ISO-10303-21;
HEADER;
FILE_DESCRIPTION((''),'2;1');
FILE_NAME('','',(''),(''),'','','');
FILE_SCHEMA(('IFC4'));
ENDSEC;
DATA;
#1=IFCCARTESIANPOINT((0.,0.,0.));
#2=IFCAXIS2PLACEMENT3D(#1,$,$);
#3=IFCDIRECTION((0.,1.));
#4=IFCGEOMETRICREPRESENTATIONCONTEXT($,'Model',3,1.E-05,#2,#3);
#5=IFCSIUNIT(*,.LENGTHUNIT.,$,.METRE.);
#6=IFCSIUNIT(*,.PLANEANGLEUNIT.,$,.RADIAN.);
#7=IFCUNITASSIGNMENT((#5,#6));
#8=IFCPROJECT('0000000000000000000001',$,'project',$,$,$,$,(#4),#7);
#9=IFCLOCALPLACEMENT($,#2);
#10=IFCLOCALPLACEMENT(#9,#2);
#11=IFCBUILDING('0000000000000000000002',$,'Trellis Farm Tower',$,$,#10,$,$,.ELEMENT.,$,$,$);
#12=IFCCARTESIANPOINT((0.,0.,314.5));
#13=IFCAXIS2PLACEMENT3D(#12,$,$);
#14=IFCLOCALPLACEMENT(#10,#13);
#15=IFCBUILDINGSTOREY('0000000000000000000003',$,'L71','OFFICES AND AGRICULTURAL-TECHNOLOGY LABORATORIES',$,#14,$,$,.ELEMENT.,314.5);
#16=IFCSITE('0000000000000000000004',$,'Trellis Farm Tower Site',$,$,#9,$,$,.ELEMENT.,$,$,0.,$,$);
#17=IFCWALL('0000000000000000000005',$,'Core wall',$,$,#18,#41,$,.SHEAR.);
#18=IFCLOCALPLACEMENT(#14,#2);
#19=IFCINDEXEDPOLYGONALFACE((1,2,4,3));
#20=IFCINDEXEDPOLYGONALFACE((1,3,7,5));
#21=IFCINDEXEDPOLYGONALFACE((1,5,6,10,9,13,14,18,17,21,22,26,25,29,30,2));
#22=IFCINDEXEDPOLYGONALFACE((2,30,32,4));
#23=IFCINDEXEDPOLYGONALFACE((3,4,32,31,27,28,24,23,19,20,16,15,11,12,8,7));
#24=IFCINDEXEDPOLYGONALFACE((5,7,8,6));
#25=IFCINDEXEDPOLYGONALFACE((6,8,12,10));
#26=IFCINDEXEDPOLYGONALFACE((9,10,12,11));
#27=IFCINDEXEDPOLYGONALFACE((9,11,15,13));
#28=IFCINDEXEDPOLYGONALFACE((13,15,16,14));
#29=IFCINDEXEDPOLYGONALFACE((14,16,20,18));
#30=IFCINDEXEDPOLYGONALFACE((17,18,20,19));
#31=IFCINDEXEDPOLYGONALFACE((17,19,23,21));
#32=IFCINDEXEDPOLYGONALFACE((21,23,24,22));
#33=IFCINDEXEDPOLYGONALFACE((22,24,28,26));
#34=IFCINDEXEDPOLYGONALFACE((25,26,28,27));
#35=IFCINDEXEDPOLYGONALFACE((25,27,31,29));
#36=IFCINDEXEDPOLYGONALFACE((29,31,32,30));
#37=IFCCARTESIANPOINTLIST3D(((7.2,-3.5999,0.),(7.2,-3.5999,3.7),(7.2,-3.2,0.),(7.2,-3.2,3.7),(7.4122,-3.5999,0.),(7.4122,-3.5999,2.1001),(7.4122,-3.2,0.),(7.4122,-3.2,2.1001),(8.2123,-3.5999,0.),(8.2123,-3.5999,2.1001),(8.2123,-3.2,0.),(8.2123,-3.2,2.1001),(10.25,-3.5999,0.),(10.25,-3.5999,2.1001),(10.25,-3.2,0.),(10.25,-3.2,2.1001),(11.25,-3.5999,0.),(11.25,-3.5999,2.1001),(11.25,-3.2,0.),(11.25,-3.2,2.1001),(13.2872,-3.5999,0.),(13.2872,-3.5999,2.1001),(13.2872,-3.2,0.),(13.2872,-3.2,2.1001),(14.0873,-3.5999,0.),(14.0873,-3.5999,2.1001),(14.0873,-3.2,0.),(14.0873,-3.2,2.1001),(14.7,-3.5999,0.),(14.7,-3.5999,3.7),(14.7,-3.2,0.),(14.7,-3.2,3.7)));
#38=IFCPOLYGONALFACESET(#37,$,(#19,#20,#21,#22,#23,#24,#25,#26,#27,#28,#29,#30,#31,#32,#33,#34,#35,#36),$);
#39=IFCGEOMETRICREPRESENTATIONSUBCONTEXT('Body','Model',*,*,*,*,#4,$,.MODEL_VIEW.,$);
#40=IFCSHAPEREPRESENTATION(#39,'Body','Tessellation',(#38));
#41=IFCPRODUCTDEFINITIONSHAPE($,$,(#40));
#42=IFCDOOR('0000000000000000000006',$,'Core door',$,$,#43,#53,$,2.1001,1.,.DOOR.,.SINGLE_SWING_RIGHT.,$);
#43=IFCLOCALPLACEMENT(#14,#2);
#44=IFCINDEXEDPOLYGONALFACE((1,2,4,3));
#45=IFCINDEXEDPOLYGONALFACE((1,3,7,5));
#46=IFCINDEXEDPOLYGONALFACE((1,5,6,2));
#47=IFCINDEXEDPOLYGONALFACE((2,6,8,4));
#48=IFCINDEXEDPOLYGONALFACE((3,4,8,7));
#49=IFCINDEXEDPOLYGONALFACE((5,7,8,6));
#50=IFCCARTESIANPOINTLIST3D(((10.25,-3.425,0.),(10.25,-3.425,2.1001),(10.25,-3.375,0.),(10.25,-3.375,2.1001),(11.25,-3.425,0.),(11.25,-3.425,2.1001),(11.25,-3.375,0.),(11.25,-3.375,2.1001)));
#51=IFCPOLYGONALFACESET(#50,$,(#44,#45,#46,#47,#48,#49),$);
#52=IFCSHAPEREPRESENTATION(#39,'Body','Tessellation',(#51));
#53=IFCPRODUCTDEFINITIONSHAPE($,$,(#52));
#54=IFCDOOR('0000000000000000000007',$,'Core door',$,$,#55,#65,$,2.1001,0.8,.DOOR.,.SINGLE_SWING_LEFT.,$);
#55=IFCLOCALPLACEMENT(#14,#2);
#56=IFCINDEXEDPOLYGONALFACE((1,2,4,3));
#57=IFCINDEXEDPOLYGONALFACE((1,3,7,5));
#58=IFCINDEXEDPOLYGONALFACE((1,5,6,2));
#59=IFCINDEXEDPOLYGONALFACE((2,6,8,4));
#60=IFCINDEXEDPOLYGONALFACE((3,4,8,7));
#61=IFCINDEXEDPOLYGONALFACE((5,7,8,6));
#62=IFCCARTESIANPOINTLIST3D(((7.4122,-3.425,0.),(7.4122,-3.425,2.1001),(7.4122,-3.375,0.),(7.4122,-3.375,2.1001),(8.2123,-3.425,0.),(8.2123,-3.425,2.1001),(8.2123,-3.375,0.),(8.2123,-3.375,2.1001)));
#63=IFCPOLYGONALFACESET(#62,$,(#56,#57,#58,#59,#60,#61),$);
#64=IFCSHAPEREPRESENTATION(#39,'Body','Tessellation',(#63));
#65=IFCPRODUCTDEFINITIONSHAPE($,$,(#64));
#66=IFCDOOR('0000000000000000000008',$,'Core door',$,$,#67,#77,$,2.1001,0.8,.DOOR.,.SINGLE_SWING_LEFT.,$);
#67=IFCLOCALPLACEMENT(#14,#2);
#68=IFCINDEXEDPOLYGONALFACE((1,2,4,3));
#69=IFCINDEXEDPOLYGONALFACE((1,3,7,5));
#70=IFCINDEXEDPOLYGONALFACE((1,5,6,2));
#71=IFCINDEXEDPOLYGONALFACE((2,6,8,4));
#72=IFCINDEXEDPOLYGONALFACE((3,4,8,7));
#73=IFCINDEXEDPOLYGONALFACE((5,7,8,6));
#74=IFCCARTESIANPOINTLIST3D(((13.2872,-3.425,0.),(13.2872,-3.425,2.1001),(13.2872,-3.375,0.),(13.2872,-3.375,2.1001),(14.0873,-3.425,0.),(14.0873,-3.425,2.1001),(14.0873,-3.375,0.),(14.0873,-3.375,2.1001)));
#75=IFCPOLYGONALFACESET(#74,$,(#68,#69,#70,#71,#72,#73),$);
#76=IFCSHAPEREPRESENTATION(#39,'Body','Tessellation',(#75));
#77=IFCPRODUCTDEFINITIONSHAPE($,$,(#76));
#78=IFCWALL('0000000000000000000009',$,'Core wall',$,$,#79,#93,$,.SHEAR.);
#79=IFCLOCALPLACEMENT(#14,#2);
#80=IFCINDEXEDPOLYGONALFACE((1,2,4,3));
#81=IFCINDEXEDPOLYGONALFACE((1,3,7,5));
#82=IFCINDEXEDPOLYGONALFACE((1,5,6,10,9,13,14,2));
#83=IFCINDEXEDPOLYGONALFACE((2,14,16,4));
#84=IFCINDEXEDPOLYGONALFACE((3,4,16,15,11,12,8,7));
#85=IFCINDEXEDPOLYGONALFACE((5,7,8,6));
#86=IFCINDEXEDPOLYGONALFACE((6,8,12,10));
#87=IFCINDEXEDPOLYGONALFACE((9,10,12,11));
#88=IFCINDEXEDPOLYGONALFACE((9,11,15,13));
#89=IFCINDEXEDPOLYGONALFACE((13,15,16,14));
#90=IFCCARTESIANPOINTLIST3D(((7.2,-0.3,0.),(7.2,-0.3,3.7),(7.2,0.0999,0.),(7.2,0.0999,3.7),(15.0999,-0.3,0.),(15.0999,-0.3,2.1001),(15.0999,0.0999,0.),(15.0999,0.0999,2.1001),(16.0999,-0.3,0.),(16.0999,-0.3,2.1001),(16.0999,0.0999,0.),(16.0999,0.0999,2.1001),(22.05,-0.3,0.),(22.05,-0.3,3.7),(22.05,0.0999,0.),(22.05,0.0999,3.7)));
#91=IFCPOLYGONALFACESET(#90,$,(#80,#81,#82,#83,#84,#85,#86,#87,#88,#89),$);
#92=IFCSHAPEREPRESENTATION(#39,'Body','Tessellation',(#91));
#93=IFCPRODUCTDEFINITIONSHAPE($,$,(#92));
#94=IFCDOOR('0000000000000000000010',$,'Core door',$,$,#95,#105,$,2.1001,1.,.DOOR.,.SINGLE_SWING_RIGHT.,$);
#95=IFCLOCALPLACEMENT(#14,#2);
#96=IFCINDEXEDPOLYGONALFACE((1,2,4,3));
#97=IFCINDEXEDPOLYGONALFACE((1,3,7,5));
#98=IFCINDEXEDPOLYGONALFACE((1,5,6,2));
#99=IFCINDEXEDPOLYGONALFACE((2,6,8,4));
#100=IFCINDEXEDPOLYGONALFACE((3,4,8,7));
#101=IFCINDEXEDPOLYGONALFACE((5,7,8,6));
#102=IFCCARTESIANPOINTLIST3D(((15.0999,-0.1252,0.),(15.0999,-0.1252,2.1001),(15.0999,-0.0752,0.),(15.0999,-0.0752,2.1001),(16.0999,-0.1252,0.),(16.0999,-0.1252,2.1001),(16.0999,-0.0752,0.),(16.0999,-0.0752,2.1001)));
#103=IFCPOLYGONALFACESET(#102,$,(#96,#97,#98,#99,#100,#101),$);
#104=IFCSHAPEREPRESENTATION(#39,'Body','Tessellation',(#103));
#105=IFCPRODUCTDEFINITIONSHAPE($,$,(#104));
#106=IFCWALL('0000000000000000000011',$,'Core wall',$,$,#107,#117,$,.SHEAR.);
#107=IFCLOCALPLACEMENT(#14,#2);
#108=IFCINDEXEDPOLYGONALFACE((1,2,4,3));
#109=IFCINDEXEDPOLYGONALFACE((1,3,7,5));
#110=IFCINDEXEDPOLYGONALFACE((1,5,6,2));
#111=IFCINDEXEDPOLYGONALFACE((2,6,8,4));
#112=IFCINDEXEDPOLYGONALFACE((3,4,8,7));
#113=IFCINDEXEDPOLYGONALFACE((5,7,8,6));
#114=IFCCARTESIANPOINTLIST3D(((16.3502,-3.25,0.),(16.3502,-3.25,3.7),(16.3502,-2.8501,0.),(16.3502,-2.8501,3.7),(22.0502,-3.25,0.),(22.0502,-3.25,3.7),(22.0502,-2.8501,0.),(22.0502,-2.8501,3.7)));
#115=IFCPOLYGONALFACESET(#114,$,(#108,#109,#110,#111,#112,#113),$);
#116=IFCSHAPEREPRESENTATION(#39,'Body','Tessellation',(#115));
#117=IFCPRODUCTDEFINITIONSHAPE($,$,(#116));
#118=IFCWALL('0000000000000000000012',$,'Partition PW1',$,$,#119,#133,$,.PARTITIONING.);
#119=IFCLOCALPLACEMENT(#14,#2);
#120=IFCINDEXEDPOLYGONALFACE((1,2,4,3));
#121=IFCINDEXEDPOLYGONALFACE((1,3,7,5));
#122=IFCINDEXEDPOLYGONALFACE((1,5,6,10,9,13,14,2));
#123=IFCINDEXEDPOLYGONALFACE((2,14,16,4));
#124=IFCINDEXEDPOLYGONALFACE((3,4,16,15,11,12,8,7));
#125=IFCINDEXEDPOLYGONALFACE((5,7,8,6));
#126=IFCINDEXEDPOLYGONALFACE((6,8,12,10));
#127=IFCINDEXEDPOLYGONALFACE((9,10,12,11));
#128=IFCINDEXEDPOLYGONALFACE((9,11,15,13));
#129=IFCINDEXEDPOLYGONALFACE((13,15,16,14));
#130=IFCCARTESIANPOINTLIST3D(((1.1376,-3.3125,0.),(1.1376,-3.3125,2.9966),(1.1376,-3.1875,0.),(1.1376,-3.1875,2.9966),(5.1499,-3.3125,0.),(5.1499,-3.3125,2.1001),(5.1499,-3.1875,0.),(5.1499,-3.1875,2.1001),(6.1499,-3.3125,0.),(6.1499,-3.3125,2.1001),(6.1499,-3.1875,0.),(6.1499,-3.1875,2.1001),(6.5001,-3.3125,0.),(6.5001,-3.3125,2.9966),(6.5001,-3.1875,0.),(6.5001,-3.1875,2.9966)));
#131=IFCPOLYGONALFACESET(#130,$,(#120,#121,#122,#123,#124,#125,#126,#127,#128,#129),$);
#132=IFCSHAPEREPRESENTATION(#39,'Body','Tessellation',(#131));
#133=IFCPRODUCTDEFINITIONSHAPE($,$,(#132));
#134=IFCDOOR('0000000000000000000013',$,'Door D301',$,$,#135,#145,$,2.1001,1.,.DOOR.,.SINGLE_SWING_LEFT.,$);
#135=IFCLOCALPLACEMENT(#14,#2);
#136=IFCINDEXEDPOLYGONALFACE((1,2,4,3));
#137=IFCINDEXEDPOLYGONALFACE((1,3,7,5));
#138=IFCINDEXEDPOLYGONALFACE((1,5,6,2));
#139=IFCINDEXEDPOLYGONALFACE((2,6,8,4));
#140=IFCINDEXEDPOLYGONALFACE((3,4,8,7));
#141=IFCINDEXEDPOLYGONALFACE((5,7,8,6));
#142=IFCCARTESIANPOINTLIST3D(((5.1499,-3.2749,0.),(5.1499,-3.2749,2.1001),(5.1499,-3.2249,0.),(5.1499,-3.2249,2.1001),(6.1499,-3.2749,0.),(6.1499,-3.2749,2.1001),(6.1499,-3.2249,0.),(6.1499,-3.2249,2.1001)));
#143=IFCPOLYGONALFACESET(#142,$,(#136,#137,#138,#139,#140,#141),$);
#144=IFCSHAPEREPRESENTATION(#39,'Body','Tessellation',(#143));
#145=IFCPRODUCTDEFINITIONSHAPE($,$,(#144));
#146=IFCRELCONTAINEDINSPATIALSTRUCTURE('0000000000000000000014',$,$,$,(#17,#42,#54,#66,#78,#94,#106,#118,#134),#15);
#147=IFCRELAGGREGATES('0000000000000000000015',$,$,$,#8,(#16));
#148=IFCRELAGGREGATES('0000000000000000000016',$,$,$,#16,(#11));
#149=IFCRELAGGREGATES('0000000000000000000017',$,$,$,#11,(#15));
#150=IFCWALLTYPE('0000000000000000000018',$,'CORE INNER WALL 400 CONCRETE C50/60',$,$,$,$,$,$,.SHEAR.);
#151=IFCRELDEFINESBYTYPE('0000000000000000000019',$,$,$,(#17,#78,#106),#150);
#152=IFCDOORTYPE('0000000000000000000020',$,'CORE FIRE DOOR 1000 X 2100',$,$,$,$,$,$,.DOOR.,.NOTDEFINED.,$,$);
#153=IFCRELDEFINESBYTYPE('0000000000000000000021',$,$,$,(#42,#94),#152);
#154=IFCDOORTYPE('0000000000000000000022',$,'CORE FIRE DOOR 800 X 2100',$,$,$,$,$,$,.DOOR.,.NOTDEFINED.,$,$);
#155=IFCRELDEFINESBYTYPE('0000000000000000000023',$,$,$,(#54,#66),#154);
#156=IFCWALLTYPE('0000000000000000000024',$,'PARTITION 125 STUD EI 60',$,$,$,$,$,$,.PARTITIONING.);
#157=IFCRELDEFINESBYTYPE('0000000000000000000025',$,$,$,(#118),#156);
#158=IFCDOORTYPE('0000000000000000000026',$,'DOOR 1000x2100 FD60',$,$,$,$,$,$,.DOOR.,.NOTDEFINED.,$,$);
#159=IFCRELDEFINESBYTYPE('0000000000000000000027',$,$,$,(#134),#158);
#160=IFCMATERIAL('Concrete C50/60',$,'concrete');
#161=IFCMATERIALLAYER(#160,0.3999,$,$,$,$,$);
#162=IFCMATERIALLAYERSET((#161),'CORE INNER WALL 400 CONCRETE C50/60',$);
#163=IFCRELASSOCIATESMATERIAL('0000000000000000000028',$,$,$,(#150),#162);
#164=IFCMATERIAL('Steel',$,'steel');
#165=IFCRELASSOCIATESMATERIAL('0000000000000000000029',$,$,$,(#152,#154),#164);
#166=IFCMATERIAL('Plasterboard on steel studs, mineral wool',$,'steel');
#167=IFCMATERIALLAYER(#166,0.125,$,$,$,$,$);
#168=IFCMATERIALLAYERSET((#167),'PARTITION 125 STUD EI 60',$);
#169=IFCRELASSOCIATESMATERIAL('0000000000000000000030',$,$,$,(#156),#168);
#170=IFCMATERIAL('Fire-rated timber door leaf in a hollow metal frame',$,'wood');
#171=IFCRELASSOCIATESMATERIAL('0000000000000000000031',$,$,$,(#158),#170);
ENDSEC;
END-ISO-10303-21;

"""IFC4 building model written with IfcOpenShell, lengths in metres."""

from ifc_helpers import new_model, si_unit, direction, frame, frame_2d, origin, place, context, subcontext, project, spatial, rectangle, extrude, source, transform, mapped, material, layer, layer_set, type_object, element, fill, save


model = new_model("IFC4")

# Units and contexts
model_context = context("Model", 3, precision=1e-05, world=origin(), true_north=direction((0.0, 1.0)))
body_context = subcontext(model_context, "Body", "Model", "MODEL_VIEW")
ifc_project = project(units=[si_unit("LENGTHUNIT", "METRE"), si_unit("PLANEANGLEUNIT", "RADIAN")], contexts=[model_context])

# Site, building, storey
site_placement = place(None, origin())
site = spatial("IfcSite", under=ifc_project, at=site_placement, Name="Trellis Farm Tower Site", CompositionType="ELEMENT", RefElevation=0.0)
building_placement = place(site_placement, origin())
building = spatial("IfcBuilding", under=site, at=building_placement, Name="Trellis Farm Tower", CompositionType="ELEMENT")
storey_placement = place(building_placement, frame((0.0, 0.0, 314.5)))
storey = spatial("IfcBuildingStorey", under=building, at=storey_placement, Name="L71", Description="OFFICES AND AGRICULTURAL-TECHNOLOGY LABORATORIES", CompositionType="ELEMENT", Elevation=314.5)

# Wall, openings, doors
ifc_material_1 = material(Name="Concrete C50/60", Category="concrete")
ifc_layer_1 = layer(ifc_material_1, 0.3999)
ifc_layer_set_1 = layer_set([ifc_layer_1], Name="CORE INNER WALL 400 CONCRETE C50/60")
wall_type_1 = type_object("IfcWallType", Name="CORE INNER WALL 400 CONCRETE C50/60", PredefinedType="SHEAR", material=ifc_layer_set_1)
shared_shape_1 = source(origin(), body_context, "Body", "SweptSolid", [
    extrude(rectangle(XDim=7.5, YDim=0.3999, at=frame_2d((3.75, 0.0))), origin(), (0.0, 0.0, 1.0), 3.7),
])
wall_1_placement = place(storey_placement, frame((7.2, -3.3999, 0.0), z_axis=(0.0, 0.0, 1.0), x_axis=(1.0, 0.0, 0.0)))
wall_1 = element("IfcWall", 1, at=wall_1_placement, inside=storey, type_object=wall_type_1, Name="Core wall", PredefinedType="SHEAR", context=body_context, shape_type="MappedRepresentation", body=[
    mapped(shared_shape_1, transform((0.0, 0.0, 0.0))),
])
shared_shape_2 = source(origin(), body_context, "Body", "SweptSolid", [
    extrude(rectangle(XDim=0.8, YDim=2.1001, at=frame_2d((0.3999, 1.05))), frame((0.0, 0.21, 0.0), z_axis=(0.0, -1.0, 0.0), x_axis=(1.0, 0.0, 0.0)), (0.0, 0.0, 1.0), 0.4199),
])
opening_1_placement = place(wall_1_placement, frame((0.2124, 0.0, 0.0)))
opening_1 = element("IfcOpeningElement", 2, at=opening_1_placement, cuts=wall_1, PredefinedType="OPENING", context=body_context, shape_type="MappedRepresentation", body=[
    mapped(shared_shape_2, transform((0.0, 0.0, 0.0))),
])
shared_shape_3 = source(origin(), body_context, "Body", "SweptSolid", [
    extrude(rectangle(XDim=1.0, YDim=2.1001, at=frame_2d((0.5, 1.05))), frame((0.0, 0.21, 0.0), z_axis=(0.0, -1.0, 0.0), x_axis=(1.0, 0.0, 0.0)), (0.0, 0.0, 1.0), 0.4199),
])
opening_2_placement = place(wall_1_placement, frame((3.05, 0.0, 0.0)))
opening_2 = element("IfcOpeningElement", 3, at=opening_2_placement, cuts=wall_1, PredefinedType="OPENING", context=body_context, shape_type="MappedRepresentation", body=[
    mapped(shared_shape_3, transform((0.0, 0.0, 0.0))),
])
opening_3_placement = place(wall_1_placement, frame((6.0874, 0.0, 0.0)))
opening_3 = element("IfcOpeningElement", 4, at=opening_3_placement, cuts=wall_1, PredefinedType="OPENING", context=body_context, shape_type="MappedRepresentation", body=[
    mapped(shared_shape_2, transform((0.0, 0.0, 0.0))),
])
ifc_material_2 = material(Name="Steel", Category="steel")
door_type_1 = type_object("IfcDoorType", Name="CORE FIRE DOOR 1000 X 2100", OperationType="NOTDEFINED", PredefinedType="DOOR", material=ifc_material_2)
shared_shape_4 = source(origin(), body_context, "Body", "SweptSolid", [
    extrude(rectangle(XDim=1.0, YDim=2.1001, at=frame_2d((0.5, 1.05))), frame((0.0, 0.0249, 0.0), z_axis=(0.0, -1.0, 0.0), x_axis=(1.0, 0.0, 0.0)), (0.0, 0.0, 1.0), 0.05),
])
door_1_placement = place(opening_2_placement, origin())
door_1 = element("IfcDoor", 5, at=door_1_placement, inside=storey, type_object=door_type_1, Name="Core door", OperationType="SINGLE_SWING_RIGHT", OverallHeight=2.1001, OverallWidth=1.0, PredefinedType="DOOR", context=body_context, shape_type="MappedRepresentation", body=[
    mapped(shared_shape_4, transform((0.0, 0.0, 0.0))),
])
fill(opening_2, door_1)
door_type_2 = type_object("IfcDoorType", Name="CORE FIRE DOOR 800 X 2100", OperationType="NOTDEFINED", PredefinedType="DOOR", material=ifc_material_2)
shared_shape_5 = source(origin(), body_context, "Body", "SweptSolid", [
    extrude(rectangle(XDim=0.8, YDim=2.1001, at=frame_2d((0.3999, 1.05))), frame((0.0, 0.0249, 0.0), z_axis=(0.0, -1.0, 0.0), x_axis=(1.0, 0.0, 0.0)), (0.0, 0.0, 1.0), 0.05),
])
door_2_placement = place(opening_1_placement, origin())
door_2 = element("IfcDoor", 6, at=door_2_placement, inside=storey, type_object=door_type_2, Name="Core door", OperationType="SINGLE_SWING_LEFT", OverallHeight=2.1001, OverallWidth=0.8, PredefinedType="DOOR", context=body_context, shape_type="MappedRepresentation", body=[
    mapped(shared_shape_5, transform((0.0, 0.0, 0.0))),
])
fill(opening_1, door_2)
door_3_placement = place(opening_3_placement, origin())
door_3 = element("IfcDoor", 7, at=door_3_placement, inside=storey, type_object=door_type_2, Name="Core door", OperationType="SINGLE_SWING_LEFT", OverallHeight=2.1001, OverallWidth=0.8, PredefinedType="DOOR", context=body_context, shape_type="MappedRepresentation", body=[
    mapped(shared_shape_5, transform((0.0, 0.0, 0.0))),
])
fill(opening_3, door_3)

# Wall, opening, door
shared_shape_6 = source(origin(), body_context, "Body", "SweptSolid", [
    extrude(rectangle(XDim=14.8501, YDim=0.3999, at=frame_2d((7.425, 0.0))), origin(), (0.0, 0.0, 1.0), 3.7),
])
wall_2_placement = place(storey_placement, frame((7.2, -0.1001, 0.0), z_axis=(0.0, 0.0, 1.0), x_axis=(1.0, 0.0, 0.0)))
wall_2 = element("IfcWall", 8, at=wall_2_placement, inside=storey, type_object=wall_type_1, Name="Core wall", PredefinedType="SHEAR", context=body_context, shape_type="MappedRepresentation", body=[
    mapped(shared_shape_6, transform((0.0, 0.0, 0.0))),
])
opening_4_placement = place(wall_2_placement, frame((7.8999, 0.0, 0.0)))
opening_4 = element("IfcOpeningElement", 9, at=opening_4_placement, cuts=wall_2, PredefinedType="OPENING", context=body_context, shape_type="MappedRepresentation", body=[
    mapped(shared_shape_3, transform((0.0, 0.0, 0.0))),
])
door_4_placement = place(opening_4_placement, origin())
door_4 = element("IfcDoor", 10, at=door_4_placement, inside=storey, type_object=door_type_1, Name="Core door", OperationType="SINGLE_SWING_RIGHT", OverallHeight=2.1001, OverallWidth=1.0, PredefinedType="DOOR", context=body_context, shape_type="MappedRepresentation", body=[
    mapped(shared_shape_4, transform((0.0, 0.0, 0.0))),
])
fill(opening_4, door_4)

# Wall
shared_shape_7 = source(origin(), body_context, "Body", "SweptSolid", [
    extrude(rectangle(XDim=5.7, YDim=0.3999, at=frame_2d((2.8501, 0.0))), origin(), (0.0, 0.0, 1.0), 3.7),
])
wall_3_placement = place(storey_placement, frame((16.3501, -3.05, 0.0), z_axis=(0.0, 0.0, 1.0), x_axis=(1.0, 0.0, 0.0)))
element("IfcWall", 11, at=wall_3_placement, inside=storey, type_object=wall_type_1, Name="Core wall", PredefinedType="SHEAR", context=body_context, shape_type="MappedRepresentation", body=[
    mapped(shared_shape_7, transform((0.0, 0.0, 0.0))),
])

# Wall, opening, door
ifc_material_3 = material(Name="Plasterboard on steel studs, mineral wool", Category="steel")
ifc_layer_2 = layer(ifc_material_3, 0.125)
ifc_layer_set_2 = layer_set([ifc_layer_2], Name="PARTITION 125 STUD EI 60")
wall_type_2 = type_object("IfcWallType", Name="PARTITION 125 STUD EI 60", PredefinedType="PARTITIONING", material=ifc_layer_set_2)
shared_shape_8 = source(origin(), body_context, "Body", "SweptSolid", [
    extrude(rectangle(XDim=5.3625, YDim=0.125, at=frame_2d((2.6812, 0.0))), origin(), (0.0, 0.0, 1.0), 2.9966),
])
wall_4_placement = place(storey_placement, frame((6.5, -3.25, 0.0), z_axis=(0.0, 0.0, 1.0), x_axis=(-1.0, 0.0, 0.0)))
wall_4 = element("IfcWall", 12, at=wall_4_placement, inside=storey, type_object=wall_type_2, Name="Partition PW1", PredefinedType="PARTITIONING", context=body_context, shape_type="MappedRepresentation", body=[
    mapped(shared_shape_8, transform((0.0, 0.0, 0.0))),
])
shared_shape_9 = source(origin(), body_context, "Body", "SweptSolid", [
    extrude(rectangle(XDim=1.0, YDim=2.1001, at=frame_2d((0.5, 1.05))), frame((0.0, 0.0725, 0.0), z_axis=(0.0, -1.0, 0.0), x_axis=(1.0, 0.0, 0.0)), (0.0, 0.0, 1.0), 0.145),
])
opening_5_placement = place(wall_4_placement, frame((0.3501, 0.0, 0.0)))
opening_5 = element("IfcOpeningElement", 13, at=opening_5_placement, cuts=wall_4, PredefinedType="OPENING", context=body_context, shape_type="MappedRepresentation", body=[
    mapped(shared_shape_9, transform((0.0, 0.0, 0.0))),
])
ifc_material_4 = material(Name="Fire-rated timber door leaf in a hollow metal frame", Category="wood")
door_type_3 = type_object("IfcDoorType", Name="DOOR 1000x2100 FD60", OperationType="NOTDEFINED", PredefinedType="DOOR", material=ifc_material_4)
door_5_placement = place(opening_5_placement, origin())
door_5 = element("IfcDoor", 14, at=door_5_placement, inside=storey, type_object=door_type_3, Name="Door D301", OperationType="SINGLE_SWING_LEFT", OverallHeight=2.1001, OverallWidth=1.0, PredefinedType="DOOR", context=body_context, shape_type="MappedRepresentation", body=[
    mapped(shared_shape_4, transform((0.0, 0.0, 0.0))),
])
fill(opening_5, door_5)

save(model, "model.ifc")
